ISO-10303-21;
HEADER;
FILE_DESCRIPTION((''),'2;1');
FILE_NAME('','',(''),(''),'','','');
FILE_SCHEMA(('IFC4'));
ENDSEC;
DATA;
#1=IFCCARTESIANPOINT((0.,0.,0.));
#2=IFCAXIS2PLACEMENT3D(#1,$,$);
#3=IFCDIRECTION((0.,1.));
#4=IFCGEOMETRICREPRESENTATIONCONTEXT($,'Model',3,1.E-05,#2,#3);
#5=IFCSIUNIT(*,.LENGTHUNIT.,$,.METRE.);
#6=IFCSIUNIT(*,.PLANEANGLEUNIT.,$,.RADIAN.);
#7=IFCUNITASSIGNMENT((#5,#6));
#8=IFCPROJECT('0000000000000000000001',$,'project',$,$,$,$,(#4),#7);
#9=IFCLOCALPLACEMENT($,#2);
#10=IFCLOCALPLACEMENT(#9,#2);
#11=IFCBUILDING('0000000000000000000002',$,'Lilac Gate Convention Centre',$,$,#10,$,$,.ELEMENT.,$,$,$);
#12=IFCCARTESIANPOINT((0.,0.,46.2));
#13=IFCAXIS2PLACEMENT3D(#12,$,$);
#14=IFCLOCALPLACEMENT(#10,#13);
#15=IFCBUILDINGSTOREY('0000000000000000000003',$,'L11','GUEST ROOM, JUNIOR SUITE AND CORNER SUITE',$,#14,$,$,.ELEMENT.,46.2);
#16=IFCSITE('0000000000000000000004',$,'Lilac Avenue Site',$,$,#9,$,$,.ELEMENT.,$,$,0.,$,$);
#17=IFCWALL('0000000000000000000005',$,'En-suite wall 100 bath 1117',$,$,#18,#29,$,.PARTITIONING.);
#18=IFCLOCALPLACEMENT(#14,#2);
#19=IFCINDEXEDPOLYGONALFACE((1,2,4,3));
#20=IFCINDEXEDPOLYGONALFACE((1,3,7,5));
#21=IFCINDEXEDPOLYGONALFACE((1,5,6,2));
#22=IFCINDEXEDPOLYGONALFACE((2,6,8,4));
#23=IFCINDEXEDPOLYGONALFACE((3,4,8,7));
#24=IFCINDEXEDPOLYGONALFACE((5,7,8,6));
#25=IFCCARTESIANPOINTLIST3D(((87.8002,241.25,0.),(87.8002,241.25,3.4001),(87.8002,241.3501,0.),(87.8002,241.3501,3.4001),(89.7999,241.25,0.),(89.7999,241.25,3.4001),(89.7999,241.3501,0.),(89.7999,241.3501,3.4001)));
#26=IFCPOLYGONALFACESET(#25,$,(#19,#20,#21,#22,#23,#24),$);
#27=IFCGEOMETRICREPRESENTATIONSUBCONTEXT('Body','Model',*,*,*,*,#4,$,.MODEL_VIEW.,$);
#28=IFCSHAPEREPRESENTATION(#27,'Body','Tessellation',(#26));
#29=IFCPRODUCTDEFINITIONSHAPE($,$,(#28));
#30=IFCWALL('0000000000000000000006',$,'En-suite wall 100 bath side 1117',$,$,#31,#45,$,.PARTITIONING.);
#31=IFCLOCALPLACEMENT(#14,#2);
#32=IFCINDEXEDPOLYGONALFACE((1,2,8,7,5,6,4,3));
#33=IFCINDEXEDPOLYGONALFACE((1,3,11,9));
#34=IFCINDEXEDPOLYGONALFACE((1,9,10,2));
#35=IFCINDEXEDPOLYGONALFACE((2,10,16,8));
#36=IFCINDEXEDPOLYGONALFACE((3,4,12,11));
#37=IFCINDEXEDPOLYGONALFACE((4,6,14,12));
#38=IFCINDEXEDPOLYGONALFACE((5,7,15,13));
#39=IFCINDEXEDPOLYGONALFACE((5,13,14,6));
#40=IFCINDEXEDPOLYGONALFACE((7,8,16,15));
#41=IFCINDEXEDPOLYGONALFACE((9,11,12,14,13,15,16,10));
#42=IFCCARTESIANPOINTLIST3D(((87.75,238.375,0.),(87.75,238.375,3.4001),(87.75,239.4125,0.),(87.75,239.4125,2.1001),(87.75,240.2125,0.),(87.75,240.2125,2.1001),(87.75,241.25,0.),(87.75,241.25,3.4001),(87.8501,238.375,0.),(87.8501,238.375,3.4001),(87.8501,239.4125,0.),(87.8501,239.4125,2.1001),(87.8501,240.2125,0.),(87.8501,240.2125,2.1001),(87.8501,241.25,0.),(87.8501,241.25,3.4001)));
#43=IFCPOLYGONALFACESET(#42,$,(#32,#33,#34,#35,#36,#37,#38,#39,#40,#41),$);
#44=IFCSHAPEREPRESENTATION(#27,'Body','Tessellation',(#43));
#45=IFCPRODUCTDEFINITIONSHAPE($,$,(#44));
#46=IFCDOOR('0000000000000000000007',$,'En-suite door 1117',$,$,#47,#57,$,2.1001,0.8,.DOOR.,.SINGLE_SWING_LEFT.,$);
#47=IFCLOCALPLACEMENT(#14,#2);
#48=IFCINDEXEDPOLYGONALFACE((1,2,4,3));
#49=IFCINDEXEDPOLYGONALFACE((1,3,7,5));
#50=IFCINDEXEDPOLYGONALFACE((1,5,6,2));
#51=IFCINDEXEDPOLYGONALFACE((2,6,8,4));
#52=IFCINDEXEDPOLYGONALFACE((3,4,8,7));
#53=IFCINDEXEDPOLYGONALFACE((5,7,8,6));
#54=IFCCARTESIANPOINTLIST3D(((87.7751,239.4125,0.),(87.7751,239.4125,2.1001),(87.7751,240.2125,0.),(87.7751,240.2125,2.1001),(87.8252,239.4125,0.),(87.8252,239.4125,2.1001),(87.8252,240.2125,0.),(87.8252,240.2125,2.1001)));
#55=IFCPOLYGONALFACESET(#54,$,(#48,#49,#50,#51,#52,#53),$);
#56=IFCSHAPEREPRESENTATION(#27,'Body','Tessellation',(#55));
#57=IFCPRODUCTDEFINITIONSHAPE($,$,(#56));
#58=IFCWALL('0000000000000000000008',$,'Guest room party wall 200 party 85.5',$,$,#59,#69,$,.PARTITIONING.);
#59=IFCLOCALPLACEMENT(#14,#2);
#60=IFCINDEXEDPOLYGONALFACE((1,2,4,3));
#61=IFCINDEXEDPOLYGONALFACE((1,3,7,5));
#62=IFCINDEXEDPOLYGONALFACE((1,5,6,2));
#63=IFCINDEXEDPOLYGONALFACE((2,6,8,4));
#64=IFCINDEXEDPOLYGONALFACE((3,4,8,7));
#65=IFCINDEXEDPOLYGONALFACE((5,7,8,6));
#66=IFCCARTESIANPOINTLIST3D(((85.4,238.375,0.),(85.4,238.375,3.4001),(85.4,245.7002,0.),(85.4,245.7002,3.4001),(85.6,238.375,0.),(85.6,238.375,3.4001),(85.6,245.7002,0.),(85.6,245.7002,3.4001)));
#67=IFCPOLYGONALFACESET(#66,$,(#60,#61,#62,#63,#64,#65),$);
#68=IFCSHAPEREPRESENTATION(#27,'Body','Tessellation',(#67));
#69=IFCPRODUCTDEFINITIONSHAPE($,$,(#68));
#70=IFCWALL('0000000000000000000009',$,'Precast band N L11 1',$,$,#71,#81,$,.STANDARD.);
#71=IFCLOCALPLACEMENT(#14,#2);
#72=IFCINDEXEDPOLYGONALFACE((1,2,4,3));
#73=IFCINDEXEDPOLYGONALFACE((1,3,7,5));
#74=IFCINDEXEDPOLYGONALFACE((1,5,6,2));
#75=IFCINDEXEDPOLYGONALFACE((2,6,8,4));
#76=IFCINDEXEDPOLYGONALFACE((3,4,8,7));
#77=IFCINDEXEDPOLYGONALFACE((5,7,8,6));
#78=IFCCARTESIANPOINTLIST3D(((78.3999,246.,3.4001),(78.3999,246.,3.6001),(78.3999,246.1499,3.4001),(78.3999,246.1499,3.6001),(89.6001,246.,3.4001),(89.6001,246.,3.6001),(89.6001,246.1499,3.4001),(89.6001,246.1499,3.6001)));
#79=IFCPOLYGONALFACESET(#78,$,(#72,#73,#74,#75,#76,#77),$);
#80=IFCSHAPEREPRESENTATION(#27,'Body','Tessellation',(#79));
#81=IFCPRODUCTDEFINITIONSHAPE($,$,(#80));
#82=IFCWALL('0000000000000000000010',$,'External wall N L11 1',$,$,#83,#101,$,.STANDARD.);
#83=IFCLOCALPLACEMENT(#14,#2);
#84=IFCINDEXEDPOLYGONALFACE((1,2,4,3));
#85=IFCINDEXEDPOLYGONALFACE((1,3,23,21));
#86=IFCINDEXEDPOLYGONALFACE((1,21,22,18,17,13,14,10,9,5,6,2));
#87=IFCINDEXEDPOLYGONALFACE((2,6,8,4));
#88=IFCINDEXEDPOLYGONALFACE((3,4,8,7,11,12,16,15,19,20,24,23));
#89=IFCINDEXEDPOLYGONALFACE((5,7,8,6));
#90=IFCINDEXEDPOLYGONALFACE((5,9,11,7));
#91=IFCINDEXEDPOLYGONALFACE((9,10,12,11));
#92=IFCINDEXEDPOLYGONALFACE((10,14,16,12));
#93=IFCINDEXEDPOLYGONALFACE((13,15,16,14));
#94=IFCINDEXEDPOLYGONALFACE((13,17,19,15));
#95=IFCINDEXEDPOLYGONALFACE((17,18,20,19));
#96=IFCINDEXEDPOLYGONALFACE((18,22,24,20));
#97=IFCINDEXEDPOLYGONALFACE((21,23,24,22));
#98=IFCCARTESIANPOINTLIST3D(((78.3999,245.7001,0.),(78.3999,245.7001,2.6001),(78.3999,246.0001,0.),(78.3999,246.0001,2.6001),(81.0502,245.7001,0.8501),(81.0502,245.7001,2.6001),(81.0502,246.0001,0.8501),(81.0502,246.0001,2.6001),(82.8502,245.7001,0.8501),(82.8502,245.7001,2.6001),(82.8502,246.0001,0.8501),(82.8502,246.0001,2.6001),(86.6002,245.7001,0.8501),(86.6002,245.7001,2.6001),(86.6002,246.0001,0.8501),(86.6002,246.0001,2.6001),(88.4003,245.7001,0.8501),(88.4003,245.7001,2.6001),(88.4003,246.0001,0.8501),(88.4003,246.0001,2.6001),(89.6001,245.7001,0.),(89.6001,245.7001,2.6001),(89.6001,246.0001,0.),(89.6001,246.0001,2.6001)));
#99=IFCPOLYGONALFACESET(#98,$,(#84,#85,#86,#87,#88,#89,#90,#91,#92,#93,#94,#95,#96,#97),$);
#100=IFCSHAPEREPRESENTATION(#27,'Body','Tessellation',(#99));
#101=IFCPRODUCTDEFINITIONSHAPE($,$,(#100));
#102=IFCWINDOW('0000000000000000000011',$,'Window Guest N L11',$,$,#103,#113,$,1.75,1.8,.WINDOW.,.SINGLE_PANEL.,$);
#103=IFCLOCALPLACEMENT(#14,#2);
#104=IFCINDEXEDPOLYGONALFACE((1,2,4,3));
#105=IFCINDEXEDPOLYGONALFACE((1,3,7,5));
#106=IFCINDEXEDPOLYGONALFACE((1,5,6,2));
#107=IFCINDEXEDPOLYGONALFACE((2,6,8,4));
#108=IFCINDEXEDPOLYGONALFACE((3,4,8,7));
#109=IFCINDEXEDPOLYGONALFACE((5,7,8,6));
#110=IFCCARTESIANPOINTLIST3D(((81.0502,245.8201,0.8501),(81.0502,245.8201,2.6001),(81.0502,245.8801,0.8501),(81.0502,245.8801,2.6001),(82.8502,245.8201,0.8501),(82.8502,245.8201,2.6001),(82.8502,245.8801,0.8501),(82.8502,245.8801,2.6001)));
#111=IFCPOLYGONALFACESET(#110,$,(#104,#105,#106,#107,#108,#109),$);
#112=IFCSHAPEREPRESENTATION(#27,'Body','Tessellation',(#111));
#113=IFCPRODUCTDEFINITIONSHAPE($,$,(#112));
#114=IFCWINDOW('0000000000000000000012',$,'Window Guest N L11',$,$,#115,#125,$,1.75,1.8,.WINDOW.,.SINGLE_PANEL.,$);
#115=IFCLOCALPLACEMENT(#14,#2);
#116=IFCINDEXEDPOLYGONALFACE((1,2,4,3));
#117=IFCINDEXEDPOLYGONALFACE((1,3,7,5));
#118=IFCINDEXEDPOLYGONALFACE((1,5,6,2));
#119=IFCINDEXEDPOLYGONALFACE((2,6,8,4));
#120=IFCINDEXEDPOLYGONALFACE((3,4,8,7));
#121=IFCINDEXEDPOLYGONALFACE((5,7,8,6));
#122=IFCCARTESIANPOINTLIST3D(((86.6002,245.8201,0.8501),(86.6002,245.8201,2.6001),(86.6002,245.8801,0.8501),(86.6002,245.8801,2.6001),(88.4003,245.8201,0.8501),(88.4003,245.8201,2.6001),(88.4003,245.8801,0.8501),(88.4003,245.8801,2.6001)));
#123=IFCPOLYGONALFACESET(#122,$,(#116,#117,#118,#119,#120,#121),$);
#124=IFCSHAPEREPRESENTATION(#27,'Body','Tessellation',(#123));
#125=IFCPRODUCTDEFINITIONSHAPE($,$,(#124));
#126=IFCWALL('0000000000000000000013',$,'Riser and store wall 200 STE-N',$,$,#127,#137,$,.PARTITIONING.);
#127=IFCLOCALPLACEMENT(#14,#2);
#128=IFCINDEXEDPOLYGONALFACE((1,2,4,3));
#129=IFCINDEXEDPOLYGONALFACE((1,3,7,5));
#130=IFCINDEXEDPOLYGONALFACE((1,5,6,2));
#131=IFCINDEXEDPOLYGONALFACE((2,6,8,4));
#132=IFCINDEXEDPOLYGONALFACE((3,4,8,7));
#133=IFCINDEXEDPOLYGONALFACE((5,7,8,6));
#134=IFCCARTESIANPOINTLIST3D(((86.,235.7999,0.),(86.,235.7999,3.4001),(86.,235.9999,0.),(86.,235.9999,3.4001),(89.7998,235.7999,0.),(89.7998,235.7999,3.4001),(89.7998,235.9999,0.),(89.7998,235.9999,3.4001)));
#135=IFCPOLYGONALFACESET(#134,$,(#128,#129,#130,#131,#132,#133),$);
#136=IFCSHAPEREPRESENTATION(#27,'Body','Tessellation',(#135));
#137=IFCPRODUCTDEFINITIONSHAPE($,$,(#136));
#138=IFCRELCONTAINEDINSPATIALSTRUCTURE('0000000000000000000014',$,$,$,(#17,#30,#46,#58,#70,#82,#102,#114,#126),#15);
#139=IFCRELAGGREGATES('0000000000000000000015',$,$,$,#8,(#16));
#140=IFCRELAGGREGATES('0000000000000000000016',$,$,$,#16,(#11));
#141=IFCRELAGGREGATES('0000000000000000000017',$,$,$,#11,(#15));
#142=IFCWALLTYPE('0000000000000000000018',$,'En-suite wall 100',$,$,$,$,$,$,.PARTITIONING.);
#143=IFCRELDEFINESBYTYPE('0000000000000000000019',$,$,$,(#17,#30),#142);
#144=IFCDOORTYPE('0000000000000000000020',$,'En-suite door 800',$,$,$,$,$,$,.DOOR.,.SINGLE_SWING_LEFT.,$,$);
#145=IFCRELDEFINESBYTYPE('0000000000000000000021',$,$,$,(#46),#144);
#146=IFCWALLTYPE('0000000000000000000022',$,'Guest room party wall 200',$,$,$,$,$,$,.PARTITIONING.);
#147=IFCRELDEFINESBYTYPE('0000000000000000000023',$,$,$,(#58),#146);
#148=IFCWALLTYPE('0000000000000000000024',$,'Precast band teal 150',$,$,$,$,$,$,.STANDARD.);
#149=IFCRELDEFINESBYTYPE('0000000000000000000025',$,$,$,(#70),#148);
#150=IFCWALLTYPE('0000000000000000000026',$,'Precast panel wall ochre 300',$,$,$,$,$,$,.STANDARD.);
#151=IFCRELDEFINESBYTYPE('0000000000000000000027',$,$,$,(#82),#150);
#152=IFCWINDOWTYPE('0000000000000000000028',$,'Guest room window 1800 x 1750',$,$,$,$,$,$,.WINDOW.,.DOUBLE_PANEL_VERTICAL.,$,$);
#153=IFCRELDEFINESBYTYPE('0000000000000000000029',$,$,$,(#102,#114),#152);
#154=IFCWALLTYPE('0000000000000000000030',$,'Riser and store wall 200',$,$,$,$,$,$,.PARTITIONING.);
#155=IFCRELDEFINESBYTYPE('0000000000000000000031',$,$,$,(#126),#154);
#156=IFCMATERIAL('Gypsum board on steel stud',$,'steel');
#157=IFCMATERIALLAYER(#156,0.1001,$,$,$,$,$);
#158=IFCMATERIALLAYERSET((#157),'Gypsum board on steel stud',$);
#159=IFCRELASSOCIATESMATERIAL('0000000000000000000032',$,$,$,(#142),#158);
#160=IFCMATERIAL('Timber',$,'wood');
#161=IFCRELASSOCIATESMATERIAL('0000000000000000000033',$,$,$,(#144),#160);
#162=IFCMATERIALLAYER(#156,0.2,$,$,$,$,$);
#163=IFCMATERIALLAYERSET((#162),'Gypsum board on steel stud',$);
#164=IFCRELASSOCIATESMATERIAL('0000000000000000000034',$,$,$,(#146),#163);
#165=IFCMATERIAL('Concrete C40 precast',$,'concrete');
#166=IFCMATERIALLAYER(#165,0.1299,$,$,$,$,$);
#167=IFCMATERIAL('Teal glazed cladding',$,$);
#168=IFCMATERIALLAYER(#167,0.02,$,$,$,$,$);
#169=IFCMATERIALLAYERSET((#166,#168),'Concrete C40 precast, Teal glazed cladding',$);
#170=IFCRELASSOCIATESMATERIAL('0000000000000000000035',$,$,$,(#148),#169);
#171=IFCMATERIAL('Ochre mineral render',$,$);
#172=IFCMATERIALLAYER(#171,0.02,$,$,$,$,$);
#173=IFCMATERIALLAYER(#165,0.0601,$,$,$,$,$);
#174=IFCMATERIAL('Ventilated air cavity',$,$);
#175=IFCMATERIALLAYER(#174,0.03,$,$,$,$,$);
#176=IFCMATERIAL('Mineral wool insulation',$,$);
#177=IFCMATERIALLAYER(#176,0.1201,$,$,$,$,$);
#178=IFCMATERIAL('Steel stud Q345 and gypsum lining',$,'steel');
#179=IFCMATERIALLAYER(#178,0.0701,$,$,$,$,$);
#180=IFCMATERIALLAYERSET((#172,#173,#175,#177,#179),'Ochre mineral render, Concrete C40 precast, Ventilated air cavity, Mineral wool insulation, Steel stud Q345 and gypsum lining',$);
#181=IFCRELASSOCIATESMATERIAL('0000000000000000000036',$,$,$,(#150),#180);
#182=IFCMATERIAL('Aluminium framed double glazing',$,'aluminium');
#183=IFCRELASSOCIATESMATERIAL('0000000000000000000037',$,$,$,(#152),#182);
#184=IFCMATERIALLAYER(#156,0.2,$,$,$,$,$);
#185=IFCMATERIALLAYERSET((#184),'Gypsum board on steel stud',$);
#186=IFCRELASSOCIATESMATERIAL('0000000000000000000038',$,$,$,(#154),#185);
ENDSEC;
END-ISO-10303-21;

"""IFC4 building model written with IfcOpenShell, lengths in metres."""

from ifc_helpers import new_model, si_unit, direction, frame, frame_2d, origin, place, context, subcontext, project, spatial, rectangle, extrude, material, layer, layer_set, type_object, element, fill, save


model = new_model("IFC4")

# Units and contexts
model_context = context("Model", 3, precision=1e-05, world=origin(), true_north=direction((0.0, 1.0)))
body_context = subcontext(model_context, "Body", "Model", "MODEL_VIEW")
ifc_project = project(units=[si_unit("LENGTHUNIT", "METRE"), si_unit("PLANEANGLEUNIT", "RADIAN")], contexts=[model_context])

# Site, building, storey
site_placement = place(None, origin())
site = spatial("IfcSite", under=ifc_project, at=site_placement, Name="Lilac Avenue Site", CompositionType="ELEMENT", RefElevation=0.0)
building_placement = place(site_placement, origin())
building = spatial("IfcBuilding", under=site, at=building_placement, Name="Lilac Gate Convention Centre", CompositionType="ELEMENT")
storey_placement = place(building_placement, frame((0.0, 0.0, 46.2)))
storey = spatial("IfcBuildingStorey", under=building, at=storey_placement, Name="L11", Description="GUEST ROOM, JUNIOR SUITE AND CORNER SUITE", CompositionType="ELEMENT", Elevation=46.2)

# Shared definitions
ifc_material_1 = material(Name="Aluminium framed double glazing", Category="aluminium")

# Shared definitions
ifc_material_2 = material(Name="Gypsum board on steel stud", Category="steel")
ifc_material_3 = material(Name="Timber", Category="wood")

# Wall
ifc_layer_1 = layer(ifc_material_2, 0.1001)
ifc_layer_set_1 = layer_set([ifc_layer_1], Name="Gypsum board on steel stud")
wall_type_1 = type_object("IfcWallType", Name="En-suite wall 100", PredefinedType="PARTITIONING", material=ifc_layer_set_1)
wall_1_placement = place(storey_placement, frame((87.8, 241.3, 0.0), z_axis=(0.0, 0.0, 1.0), x_axis=(1.0, 0.0, 0.0)))
element("IfcWall", 1, at=wall_1_placement, inside=storey, type_object=wall_type_1, Name="En-suite wall 100 bath 1117", PredefinedType="PARTITIONING", context=body_context, shape_type="SweptSolid", body=[
    extrude(rectangle(XDim=1.9998, YDim=0.1001, at=frame_2d((1.0, 0.0))), origin(), (0.0, 0.0, 1.0), 3.4001),
])

# Wall, opening, door
wall_2_placement = place(storey_placement, frame((87.8, 238.375, 0.0), z_axis=(0.0, 0.0, 1.0), x_axis=(0.0, 1.0, 0.0)))
wall_2 = element("IfcWall", 2, at=wall_2_placement, inside=storey, type_object=wall_type_1, Name="En-suite wall 100 bath side 1117", PredefinedType="PARTITIONING", context=body_context, shape_type="SweptSolid", body=[
    extrude(rectangle(XDim=2.875, YDim=0.1001, at=frame_2d((1.4375, 0.0))), origin(), (0.0, 0.0, 1.0), 3.4001),
])
opening_1_placement = place(wall_2_placement, frame((1.0376, 0.0, 0.0)))
opening_1 = element("IfcOpeningElement", 3, at=opening_1_placement, cuts=wall_2, PredefinedType="OPENING", context=body_context, shape_type="SweptSolid", body=[
    extrude(rectangle(XDim=0.8, YDim=2.1001, at=frame_2d((0.3999, 1.05))), frame((0.0, 0.0601, 0.0), z_axis=(0.0, -1.0, 0.0), x_axis=(1.0, 0.0, 0.0)), (0.0, 0.0, 1.0), 0.1201),
])
door_type_1 = type_object("IfcDoorType", Name="En-suite door 800", OperationType="SINGLE_SWING_LEFT", PredefinedType="DOOR", material=ifc_material_3)
door_1_placement = place(opening_1_placement, origin())
door_1 = element("IfcDoor", 4, at=door_1_placement, inside=storey, type_object=door_type_1, Name="En-suite door 1117", OperationType="SINGLE_SWING_LEFT", OverallHeight=2.1001, OverallWidth=0.8, PredefinedType="DOOR", context=body_context, shape_type="SweptSolid", body=[
    extrude(rectangle(XDim=0.8, YDim=2.1001, at=frame_2d((0.3999, 1.05))), frame((0.0, 0.0249, 0.0), z_axis=(0.0, -1.0, 0.0), x_axis=(1.0, 0.0, 0.0)), (0.0, 0.0, 1.0), 0.05),
])
fill(opening_1, door_1)

# Walls
ifc_layer_2 = layer(ifc_material_2, 0.2)
ifc_layer_set_2 = layer_set([ifc_layer_2], Name="Gypsum board on steel stud")
wall_type_2 = type_object("IfcWallType", Name="Guest room party wall 200", PredefinedType="PARTITIONING", material=ifc_layer_set_2)
wall_3_placement = place(storey_placement, frame((85.5, 245.7002, 0.0), z_axis=(0.0, 0.0, 1.0), x_axis=(0.0, -1.0, 0.0)))
element("IfcWall", 5, at=wall_3_placement, inside=storey, type_object=wall_type_2, Name="Guest room party wall 200 party 85.5", PredefinedType="PARTITIONING", context=body_context, shape_type="SweptSolid", body=[
    extrude(rectangle(XDim=7.3252, YDim=0.2, at=frame_2d((3.6626, 0.0))), origin(), (0.0, 0.0, 1.0), 3.4001),
])
ifc_material_4 = material(Name="Concrete C40 precast", Category="concrete")
ifc_layer_3 = layer(ifc_material_4, 0.1299)
ifc_material_5 = material(Name="Teal glazed cladding")
ifc_layer_4 = layer(ifc_material_5, 0.02)
ifc_layer_set_3 = layer_set([ifc_layer_3, ifc_layer_4], Name="Concrete C40 precast, Teal glazed cladding")
wall_type_3 = type_object("IfcWallType", Name="Precast band teal 150", PredefinedType="STANDARD", material=ifc_layer_set_3)
wall_4_placement = place(storey_placement, frame((89.6001, 246.075, 3.4001), z_axis=(0.0, 0.0, 1.0), x_axis=(-1.0, 0.0, 0.0)))
element("IfcWall", 6, at=wall_4_placement, inside=storey, type_object=wall_type_3, Name="Precast band N L11 1", PredefinedType="STANDARD", context=body_context, shape_type="SweptSolid", body=[
    extrude(rectangle(XDim=11.2002, YDim=0.1499, at=frame_2d((5.6001, 0.0))), origin(), (0.0, 0.0, 1.0), 0.2),
])

# Wall, openings, windows
ifc_material_6 = material(Name="Ochre mineral render")
ifc_layer_5 = layer(ifc_material_6, 0.02)
ifc_layer_6 = layer(ifc_material_4, 0.0601)
ifc_material_7 = material(Name="Ventilated air cavity")
ifc_layer_7 = layer(ifc_material_7, 0.03)
ifc_material_8 = material(Name="Mineral wool insulation")
ifc_layer_8 = layer(ifc_material_8, 0.1201)
ifc_material_9 = material(Name="Steel stud Q345 and gypsum lining", Category="steel")
ifc_layer_9 = layer(ifc_material_9, 0.0701)
ifc_layer_set_4 = layer_set([ifc_layer_5, ifc_layer_6, ifc_layer_7, ifc_layer_8, ifc_layer_9], Name="Ochre mineral render, Concrete C40 precast, Ventilated air cavity, Mineral wool insulation, Steel stud Q345 and gypsum lining")
wall_type_4 = type_object("IfcWallType", Name="Precast panel wall ochre 300", PredefinedType="STANDARD", material=ifc_layer_set_4)
wall_5_placement = place(storey_placement, frame((89.6001, 245.8501, 0.0), z_axis=(0.0, 0.0, 1.0), x_axis=(-1.0, 0.0, 0.0)))
wall_5 = element("IfcWall", 7, at=wall_5_placement, inside=storey, type_object=wall_type_4, Name="External wall N L11 1", PredefinedType="STANDARD", context=body_context, shape_type="SweptSolid", body=[
    extrude(rectangle(XDim=11.2002, YDim=0.3, at=frame_2d((5.6001, 0.0))), origin(), (0.0, 0.0, 1.0), 2.6001),
])
opening_2_placement = place(wall_5_placement, frame((6.75, 0.0, 0.8501)))
opening_2 = element("IfcOpeningElement", 8, at=opening_2_placement, cuts=wall_5, PredefinedType="OPENING", context=body_context, shape_type="SweptSolid", body=[
    extrude(rectangle(XDim=1.8, YDim=1.75, at=frame_2d((0.8999, 0.875))), frame((0.0, 0.1599, 0.0), z_axis=(0.0, -1.0, 0.0), x_axis=(1.0, 0.0, 0.0)), (0.0, 0.0, 1.0), 0.3201),
])
opening_3_placement = place(wall_5_placement, frame((1.2, 0.0, 0.8501)))
opening_3 = element("IfcOpeningElement", 9, at=opening_3_placement, cuts=wall_5, PredefinedType="OPENING", context=body_context, shape_type="SweptSolid", body=[
    extrude(rectangle(XDim=1.8, YDim=1.75, at=frame_2d((0.8999, 0.875))), frame((0.0, 0.1599, 0.0), z_axis=(0.0, -1.0, 0.0), x_axis=(1.0, 0.0, 0.0)), (0.0, 0.0, 1.0), 0.3201),
])
window_type = type_object("IfcWindowType", Name="Guest room window 1800 x 1750", PartitioningType="DOUBLE_PANEL_VERTICAL", PredefinedType="WINDOW", material=ifc_material_1)
window_1_placement = place(opening_2_placement, origin())
window_1 = element("IfcWindow", 10, at=window_1_placement, inside=storey, type_object=window_type, Name="Window Guest N L11", OverallHeight=1.75, OverallWidth=1.8, PartitioningType="SINGLE_PANEL", PredefinedType="WINDOW", context=body_context, shape_type="SweptSolid", body=[
    extrude(rectangle(XDim=1.8, YDim=1.75, at=frame_2d((0.8999, 0.875))), frame((0.0, 0.03, 0.0), z_axis=(0.0, -1.0, 0.0), x_axis=(1.0, 0.0, 0.0)), (0.0, 0.0, 1.0), 0.0601),
])
fill(opening_2, window_1)
window_2_placement = place(opening_3_placement, origin())
window_2 = element("IfcWindow", 11, at=window_2_placement, inside=storey, type_object=window_type, Name="Window Guest N L11", OverallHeight=1.75, OverallWidth=1.8, PartitioningType="SINGLE_PANEL", PredefinedType="WINDOW", context=body_context, shape_type="SweptSolid", body=[
    extrude(rectangle(XDim=1.8, YDim=1.75, at=frame_2d((0.8999, 0.875))), frame((0.0, 0.03, 0.0), z_axis=(0.0, -1.0, 0.0), x_axis=(1.0, 0.0, 0.0)), (0.0, 0.0, 1.0), 0.0601),
])
fill(opening_3, window_2)

# Wall
ifc_layer_10 = layer(ifc_material_2, 0.2)
ifc_layer_set_5 = layer_set([ifc_layer_10], Name="Gypsum board on steel stud")
wall_type_5 = type_object("IfcWallType", Name="Riser and store wall 200", PredefinedType="PARTITIONING", material=ifc_layer_set_5)
wall_6_placement = place(storey_placement, frame((86.0, 235.8999, 0.0), z_axis=(0.0, 0.0, 1.0), x_axis=(1.0, 0.0, 0.0)))
element("IfcWall", 12, at=wall_6_placement, inside=storey, type_object=wall_type_5, Name="Riser and store wall 200 STE-N", PredefinedType="PARTITIONING", context=body_context, shape_type="SweptSolid", body=[
    extrude(rectangle(XDim=3.7998, YDim=0.2, at=frame_2d((1.8999, 0.0))), origin(), (0.0, 0.0, 1.0), 3.4001),
])

save(model, "model.ifc")
